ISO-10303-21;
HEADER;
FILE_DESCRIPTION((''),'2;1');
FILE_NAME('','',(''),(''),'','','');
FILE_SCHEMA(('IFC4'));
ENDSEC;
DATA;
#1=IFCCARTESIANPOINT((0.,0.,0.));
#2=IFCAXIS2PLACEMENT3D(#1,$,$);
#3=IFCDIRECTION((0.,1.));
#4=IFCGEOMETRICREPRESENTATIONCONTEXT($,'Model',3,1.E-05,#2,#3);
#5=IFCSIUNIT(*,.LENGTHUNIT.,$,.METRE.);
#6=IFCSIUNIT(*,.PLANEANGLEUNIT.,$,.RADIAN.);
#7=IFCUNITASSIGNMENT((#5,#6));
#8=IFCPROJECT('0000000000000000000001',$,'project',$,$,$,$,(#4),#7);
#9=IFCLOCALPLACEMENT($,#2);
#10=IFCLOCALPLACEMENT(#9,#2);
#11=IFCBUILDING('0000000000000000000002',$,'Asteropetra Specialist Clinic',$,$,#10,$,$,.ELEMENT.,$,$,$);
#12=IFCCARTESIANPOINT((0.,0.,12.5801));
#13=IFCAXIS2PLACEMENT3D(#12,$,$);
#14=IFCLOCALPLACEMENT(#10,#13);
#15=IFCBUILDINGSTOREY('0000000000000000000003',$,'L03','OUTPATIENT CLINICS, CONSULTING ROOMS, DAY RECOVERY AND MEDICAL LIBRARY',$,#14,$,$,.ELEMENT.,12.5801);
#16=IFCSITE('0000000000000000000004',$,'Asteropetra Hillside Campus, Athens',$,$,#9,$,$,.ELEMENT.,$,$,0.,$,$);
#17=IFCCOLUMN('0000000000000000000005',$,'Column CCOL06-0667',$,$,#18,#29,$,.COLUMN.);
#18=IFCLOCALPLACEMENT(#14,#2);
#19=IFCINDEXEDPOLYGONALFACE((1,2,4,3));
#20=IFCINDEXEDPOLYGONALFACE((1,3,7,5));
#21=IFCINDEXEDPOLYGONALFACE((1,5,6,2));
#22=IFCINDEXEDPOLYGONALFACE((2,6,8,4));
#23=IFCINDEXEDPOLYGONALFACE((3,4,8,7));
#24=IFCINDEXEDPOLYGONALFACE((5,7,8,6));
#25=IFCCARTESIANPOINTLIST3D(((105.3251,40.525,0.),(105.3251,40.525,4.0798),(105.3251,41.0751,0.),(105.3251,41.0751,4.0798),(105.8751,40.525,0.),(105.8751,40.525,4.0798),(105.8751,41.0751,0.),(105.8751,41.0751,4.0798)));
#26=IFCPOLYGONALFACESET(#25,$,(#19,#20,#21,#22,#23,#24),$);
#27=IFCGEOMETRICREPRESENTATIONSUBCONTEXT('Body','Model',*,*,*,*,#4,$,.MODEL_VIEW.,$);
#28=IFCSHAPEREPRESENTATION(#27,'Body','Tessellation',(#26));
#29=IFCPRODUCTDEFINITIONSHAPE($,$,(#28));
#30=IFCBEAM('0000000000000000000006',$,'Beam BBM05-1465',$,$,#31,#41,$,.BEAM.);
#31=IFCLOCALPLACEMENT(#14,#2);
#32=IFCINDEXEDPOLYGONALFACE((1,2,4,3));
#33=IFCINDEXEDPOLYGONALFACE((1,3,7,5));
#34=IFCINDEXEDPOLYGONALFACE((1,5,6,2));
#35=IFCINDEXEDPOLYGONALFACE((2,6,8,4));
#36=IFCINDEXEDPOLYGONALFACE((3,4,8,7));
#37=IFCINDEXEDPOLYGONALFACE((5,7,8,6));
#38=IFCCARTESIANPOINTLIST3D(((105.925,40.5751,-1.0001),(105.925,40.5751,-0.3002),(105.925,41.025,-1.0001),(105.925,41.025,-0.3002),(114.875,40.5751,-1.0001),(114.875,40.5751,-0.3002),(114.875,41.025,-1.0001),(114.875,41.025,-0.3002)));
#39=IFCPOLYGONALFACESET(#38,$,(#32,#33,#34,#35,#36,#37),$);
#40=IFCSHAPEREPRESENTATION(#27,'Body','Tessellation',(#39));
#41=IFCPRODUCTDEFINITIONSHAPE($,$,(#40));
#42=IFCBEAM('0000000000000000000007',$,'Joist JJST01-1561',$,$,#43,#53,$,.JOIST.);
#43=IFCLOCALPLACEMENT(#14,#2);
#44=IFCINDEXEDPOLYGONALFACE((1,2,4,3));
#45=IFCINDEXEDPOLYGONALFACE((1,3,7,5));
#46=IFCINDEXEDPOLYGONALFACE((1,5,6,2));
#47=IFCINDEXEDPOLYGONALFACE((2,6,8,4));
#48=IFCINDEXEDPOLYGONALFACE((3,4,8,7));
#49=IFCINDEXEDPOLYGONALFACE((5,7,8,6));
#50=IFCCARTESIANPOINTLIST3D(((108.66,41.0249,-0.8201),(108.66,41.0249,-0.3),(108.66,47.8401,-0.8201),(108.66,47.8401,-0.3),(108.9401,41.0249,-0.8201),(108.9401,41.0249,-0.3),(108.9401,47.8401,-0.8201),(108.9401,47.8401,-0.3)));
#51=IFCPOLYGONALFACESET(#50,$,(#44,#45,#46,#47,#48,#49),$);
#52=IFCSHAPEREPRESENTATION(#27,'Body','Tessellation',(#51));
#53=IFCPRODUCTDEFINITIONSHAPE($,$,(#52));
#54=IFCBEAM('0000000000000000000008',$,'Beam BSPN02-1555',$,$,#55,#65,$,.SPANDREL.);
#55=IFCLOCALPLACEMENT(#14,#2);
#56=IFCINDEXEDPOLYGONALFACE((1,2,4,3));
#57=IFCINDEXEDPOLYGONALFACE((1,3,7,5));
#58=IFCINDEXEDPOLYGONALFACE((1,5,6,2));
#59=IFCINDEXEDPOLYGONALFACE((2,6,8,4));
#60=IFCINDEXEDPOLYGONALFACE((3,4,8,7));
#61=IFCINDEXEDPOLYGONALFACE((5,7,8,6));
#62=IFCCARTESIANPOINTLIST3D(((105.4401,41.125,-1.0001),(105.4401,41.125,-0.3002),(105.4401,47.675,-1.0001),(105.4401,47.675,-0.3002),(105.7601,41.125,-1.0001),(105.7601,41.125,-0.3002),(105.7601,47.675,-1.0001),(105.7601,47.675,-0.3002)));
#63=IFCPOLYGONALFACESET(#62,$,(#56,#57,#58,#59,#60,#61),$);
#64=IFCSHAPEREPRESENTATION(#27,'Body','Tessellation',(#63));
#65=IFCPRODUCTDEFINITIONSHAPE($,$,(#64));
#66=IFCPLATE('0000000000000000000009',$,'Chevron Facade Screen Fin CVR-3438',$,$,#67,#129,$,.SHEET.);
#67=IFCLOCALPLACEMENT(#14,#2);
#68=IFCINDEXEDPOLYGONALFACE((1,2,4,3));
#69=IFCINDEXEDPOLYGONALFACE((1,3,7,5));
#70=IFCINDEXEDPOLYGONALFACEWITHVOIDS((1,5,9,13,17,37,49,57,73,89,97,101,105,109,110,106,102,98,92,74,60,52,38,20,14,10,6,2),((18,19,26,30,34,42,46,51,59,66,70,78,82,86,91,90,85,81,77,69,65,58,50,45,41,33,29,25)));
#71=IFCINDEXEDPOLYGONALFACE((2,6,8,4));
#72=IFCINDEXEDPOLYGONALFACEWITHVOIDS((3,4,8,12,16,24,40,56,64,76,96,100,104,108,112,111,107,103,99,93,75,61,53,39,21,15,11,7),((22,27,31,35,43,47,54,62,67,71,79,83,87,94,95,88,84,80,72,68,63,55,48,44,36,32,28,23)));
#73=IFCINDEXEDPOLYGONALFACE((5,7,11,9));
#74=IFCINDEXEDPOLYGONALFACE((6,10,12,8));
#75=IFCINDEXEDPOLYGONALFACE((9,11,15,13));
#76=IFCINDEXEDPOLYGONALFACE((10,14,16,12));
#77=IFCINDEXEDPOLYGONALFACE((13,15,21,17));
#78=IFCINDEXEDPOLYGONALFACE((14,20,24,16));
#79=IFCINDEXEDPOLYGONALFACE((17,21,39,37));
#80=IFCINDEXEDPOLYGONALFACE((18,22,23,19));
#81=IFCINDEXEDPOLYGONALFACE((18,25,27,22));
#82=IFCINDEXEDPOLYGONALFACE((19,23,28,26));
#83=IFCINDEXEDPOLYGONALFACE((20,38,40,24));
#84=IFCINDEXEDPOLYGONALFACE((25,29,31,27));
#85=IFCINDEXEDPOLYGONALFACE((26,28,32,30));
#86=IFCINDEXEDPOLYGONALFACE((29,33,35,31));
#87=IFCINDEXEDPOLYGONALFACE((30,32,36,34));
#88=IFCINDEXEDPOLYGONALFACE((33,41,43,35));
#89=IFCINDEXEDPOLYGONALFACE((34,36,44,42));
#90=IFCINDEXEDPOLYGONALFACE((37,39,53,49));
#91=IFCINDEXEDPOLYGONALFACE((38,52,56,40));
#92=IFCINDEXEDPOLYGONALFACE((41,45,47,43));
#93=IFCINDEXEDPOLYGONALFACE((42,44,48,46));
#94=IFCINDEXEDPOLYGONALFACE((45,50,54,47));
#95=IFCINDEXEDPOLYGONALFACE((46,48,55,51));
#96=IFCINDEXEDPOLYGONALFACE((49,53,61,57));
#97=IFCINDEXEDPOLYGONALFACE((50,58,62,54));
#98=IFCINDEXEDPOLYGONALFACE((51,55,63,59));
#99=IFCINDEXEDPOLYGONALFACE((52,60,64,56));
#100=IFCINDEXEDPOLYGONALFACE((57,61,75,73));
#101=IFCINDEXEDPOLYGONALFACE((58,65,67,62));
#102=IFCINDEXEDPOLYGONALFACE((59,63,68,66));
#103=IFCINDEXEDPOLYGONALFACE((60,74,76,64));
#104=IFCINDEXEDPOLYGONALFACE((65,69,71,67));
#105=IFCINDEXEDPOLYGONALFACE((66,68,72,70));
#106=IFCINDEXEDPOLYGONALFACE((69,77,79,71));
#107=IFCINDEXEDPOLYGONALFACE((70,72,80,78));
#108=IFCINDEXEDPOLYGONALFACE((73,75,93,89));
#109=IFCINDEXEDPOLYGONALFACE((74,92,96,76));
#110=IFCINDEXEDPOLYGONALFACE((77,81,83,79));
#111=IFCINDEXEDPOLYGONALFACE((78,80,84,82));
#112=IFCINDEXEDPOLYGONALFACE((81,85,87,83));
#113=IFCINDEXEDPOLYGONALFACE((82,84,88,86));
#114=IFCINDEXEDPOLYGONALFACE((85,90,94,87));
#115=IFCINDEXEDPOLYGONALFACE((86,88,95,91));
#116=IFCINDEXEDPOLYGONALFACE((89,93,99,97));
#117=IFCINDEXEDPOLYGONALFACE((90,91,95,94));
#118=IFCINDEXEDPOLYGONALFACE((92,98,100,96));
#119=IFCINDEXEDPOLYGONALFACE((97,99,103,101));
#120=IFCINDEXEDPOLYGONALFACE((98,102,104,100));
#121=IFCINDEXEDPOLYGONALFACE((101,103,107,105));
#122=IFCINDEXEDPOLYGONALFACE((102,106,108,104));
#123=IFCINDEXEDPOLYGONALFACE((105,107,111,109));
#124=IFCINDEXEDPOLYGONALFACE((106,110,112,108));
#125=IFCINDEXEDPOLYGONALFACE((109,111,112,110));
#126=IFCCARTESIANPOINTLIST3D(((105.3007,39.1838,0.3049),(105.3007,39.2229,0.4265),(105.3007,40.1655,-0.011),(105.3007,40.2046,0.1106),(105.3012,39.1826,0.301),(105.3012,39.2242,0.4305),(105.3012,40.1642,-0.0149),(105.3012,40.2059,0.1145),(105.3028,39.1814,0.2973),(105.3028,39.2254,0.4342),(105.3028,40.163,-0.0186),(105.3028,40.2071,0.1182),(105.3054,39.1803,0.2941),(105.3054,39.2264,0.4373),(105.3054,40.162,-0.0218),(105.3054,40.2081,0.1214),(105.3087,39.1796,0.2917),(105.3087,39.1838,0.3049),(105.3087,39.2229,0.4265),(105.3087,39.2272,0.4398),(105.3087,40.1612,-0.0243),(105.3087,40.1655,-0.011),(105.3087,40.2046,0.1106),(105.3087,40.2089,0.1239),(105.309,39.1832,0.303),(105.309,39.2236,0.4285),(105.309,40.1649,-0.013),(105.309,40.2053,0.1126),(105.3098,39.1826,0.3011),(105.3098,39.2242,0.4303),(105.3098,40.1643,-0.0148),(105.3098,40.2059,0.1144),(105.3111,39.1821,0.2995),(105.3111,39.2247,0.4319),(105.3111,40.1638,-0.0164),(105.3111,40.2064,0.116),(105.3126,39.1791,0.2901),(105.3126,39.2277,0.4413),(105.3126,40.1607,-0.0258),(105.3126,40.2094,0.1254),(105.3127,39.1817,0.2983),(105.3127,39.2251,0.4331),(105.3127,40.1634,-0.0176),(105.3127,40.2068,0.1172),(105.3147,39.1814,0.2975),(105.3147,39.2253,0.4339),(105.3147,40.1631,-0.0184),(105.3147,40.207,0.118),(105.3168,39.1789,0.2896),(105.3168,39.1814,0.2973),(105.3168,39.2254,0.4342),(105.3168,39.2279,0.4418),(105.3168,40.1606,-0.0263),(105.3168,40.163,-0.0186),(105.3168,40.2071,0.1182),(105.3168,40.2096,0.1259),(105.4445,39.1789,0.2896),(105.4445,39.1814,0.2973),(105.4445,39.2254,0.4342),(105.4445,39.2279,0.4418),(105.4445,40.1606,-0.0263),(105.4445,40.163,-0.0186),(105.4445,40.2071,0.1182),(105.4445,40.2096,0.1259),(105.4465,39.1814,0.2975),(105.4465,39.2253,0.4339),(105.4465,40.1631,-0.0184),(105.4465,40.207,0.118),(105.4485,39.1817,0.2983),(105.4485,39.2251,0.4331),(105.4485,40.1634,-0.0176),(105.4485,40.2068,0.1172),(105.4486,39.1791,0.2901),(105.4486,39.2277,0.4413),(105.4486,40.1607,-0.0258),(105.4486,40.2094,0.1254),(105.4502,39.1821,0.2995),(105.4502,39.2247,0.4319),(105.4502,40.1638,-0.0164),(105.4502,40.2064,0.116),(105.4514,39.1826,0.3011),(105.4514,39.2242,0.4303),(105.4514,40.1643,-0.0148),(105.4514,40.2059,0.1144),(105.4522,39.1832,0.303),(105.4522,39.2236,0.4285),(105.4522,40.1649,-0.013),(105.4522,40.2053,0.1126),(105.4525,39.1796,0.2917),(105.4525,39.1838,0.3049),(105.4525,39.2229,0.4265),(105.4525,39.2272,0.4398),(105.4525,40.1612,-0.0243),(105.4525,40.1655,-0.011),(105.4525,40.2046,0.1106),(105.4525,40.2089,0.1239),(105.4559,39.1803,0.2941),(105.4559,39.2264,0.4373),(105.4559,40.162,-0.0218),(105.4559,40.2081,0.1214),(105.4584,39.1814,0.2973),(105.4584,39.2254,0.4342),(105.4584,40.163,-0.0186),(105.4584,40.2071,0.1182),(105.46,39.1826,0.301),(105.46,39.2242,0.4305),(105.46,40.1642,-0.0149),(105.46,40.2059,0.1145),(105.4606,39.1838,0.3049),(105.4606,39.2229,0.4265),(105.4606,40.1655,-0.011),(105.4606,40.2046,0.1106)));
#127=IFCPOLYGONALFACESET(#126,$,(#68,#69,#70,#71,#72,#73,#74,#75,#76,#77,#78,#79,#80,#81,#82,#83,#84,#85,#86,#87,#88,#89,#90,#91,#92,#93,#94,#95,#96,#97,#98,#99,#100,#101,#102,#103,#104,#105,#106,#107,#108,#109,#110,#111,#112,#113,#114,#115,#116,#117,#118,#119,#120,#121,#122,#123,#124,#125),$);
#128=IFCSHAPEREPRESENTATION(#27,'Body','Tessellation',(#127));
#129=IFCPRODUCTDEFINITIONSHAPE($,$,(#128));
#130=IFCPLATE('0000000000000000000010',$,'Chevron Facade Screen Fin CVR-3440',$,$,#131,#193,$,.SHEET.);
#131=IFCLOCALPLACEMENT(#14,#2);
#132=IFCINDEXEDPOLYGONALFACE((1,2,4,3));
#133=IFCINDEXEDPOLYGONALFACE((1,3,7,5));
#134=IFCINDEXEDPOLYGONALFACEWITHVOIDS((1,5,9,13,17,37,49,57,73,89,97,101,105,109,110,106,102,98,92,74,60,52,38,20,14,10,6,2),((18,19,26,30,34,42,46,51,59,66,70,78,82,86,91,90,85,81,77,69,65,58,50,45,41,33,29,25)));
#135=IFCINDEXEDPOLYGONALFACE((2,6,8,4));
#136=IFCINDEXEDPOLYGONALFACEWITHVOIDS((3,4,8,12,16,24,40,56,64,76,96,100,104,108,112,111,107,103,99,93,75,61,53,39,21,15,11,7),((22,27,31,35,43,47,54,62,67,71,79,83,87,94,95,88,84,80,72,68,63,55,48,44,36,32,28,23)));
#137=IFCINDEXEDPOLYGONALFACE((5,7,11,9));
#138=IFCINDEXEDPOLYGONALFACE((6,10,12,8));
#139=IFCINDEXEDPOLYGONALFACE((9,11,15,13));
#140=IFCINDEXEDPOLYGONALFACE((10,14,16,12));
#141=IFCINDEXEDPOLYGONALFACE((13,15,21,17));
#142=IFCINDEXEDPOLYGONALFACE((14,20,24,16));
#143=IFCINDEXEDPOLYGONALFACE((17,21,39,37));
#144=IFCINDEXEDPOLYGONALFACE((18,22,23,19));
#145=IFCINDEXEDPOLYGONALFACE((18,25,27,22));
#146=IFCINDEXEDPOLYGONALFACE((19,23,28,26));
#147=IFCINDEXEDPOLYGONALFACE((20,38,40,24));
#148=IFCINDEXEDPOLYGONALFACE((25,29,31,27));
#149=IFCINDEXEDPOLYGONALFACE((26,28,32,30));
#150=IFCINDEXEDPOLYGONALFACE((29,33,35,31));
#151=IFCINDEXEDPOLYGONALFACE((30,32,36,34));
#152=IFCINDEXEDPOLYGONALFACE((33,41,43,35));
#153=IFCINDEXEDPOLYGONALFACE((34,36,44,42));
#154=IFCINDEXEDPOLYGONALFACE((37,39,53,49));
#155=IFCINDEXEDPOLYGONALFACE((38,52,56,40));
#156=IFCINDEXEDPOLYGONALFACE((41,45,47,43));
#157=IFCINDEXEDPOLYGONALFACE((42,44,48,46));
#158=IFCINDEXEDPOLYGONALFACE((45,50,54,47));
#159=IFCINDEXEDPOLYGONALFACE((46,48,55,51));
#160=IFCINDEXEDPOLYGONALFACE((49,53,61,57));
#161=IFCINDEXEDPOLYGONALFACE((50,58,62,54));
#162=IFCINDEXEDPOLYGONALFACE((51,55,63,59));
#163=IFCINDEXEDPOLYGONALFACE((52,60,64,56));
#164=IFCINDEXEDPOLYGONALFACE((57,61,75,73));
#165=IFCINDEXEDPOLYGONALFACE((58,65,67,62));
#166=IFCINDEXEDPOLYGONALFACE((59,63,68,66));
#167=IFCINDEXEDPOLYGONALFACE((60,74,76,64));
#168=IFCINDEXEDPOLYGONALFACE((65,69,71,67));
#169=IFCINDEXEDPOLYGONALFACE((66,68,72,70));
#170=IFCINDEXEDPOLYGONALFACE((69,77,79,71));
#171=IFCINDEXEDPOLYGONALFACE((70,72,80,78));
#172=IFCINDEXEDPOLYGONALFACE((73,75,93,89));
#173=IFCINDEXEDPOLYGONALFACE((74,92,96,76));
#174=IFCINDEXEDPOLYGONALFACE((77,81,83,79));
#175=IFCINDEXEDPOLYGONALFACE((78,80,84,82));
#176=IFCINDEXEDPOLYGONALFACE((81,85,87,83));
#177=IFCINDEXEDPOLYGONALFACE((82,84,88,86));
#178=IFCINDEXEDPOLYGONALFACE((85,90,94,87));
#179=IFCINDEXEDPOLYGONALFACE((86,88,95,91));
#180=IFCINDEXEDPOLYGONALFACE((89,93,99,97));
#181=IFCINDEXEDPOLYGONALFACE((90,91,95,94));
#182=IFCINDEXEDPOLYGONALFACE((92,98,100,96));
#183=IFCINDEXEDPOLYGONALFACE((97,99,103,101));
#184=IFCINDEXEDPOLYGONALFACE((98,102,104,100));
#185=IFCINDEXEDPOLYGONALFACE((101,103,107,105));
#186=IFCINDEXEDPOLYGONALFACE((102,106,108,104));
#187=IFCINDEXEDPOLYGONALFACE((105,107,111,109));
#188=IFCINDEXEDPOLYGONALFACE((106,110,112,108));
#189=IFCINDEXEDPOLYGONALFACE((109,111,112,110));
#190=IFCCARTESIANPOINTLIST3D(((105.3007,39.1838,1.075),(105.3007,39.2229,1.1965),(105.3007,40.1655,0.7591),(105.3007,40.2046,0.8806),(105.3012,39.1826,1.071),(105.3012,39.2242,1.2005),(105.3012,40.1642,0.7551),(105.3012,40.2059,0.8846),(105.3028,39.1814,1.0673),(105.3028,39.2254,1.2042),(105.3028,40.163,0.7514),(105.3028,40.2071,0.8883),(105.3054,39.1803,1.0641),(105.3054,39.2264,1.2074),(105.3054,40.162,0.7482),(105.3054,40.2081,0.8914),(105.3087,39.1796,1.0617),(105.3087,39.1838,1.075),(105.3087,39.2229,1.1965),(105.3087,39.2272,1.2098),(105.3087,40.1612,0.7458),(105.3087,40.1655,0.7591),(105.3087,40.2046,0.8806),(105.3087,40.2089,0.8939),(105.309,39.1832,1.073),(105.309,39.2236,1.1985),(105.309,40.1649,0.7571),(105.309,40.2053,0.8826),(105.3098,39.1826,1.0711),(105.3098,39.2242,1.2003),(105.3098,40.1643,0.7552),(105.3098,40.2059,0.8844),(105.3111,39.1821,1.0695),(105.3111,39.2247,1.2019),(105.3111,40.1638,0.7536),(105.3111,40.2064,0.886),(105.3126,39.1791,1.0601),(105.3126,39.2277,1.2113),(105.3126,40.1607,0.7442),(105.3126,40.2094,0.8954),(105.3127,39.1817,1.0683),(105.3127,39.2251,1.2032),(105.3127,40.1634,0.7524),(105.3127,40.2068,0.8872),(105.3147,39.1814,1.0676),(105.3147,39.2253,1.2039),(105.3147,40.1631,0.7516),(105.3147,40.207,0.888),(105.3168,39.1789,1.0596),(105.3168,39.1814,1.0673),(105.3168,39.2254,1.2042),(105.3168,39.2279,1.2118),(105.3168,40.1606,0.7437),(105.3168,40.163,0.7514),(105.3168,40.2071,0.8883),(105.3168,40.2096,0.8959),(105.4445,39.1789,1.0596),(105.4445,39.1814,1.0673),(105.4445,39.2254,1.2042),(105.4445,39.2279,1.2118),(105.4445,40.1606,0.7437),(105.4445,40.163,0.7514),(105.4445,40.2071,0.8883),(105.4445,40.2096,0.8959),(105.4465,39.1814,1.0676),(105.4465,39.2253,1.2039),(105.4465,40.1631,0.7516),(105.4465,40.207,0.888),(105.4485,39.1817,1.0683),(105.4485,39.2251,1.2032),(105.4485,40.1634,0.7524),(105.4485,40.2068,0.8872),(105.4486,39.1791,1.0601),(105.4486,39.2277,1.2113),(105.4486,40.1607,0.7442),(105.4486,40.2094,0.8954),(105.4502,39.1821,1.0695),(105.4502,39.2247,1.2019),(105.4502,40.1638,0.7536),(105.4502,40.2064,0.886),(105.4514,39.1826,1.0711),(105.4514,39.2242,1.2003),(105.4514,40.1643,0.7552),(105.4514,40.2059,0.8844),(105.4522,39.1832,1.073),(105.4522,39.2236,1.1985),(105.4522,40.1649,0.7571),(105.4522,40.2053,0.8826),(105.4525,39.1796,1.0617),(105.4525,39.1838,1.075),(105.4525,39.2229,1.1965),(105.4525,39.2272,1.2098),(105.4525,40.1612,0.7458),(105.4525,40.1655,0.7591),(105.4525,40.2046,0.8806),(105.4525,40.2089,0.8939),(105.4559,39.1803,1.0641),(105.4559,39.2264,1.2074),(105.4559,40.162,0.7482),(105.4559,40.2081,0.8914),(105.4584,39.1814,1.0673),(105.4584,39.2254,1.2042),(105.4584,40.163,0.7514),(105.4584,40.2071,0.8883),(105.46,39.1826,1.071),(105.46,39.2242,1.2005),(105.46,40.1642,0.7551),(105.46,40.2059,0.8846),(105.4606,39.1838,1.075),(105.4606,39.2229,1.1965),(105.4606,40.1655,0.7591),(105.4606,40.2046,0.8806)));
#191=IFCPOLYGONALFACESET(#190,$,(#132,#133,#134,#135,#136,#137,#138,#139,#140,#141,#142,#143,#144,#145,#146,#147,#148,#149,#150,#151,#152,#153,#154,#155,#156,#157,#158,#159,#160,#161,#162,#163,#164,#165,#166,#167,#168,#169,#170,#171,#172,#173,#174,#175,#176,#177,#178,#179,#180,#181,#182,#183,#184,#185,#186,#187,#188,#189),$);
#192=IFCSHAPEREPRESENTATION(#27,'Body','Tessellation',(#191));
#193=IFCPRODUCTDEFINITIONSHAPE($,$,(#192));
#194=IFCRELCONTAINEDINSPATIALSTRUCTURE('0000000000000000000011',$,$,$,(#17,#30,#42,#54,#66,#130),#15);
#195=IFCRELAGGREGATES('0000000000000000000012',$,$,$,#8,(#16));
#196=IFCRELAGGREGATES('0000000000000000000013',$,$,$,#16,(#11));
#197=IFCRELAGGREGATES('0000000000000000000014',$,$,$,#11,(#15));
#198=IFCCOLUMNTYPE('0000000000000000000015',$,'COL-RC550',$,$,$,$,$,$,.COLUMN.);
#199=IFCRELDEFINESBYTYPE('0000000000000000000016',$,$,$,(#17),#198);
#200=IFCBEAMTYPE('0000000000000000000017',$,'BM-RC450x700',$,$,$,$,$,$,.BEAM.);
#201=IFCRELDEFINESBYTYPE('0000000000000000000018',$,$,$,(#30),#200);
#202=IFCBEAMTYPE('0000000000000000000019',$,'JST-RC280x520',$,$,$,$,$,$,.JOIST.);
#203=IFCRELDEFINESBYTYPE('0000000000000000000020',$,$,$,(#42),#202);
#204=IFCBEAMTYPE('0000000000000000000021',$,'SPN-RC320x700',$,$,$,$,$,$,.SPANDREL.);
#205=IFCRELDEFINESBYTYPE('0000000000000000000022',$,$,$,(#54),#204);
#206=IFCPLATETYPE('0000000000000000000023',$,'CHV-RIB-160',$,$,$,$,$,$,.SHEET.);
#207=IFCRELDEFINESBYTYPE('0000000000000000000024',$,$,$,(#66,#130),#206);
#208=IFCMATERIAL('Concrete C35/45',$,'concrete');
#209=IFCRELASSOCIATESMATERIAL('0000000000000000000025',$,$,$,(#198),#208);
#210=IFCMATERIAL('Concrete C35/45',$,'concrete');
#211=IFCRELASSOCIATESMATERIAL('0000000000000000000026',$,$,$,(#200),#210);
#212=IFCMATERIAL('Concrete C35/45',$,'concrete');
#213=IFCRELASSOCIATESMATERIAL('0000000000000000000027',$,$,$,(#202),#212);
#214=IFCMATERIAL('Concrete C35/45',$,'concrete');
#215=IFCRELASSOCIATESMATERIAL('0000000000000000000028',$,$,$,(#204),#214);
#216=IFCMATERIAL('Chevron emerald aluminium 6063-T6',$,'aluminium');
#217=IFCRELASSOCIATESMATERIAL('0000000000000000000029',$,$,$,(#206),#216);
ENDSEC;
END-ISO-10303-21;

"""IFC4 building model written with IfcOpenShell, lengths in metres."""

from ifc_helpers import new_model, si_unit, direction, frame, origin, origin_2d, place, context, subcontext, project, spatial, rectangle, hollow_rectangle, extrude, material, material_profile, profile_set, type_object, element, save


model = new_model("IFC4")

# Units and contexts
model_context = context("Model", 3, precision=1e-05, world=origin(), true_north=direction((0.0, 1.0)))
body_context = subcontext(model_context, "Body", "Model", "MODEL_VIEW")
ifc_project = project(units=[si_unit("LENGTHUNIT", "METRE"), si_unit("PLANEANGLEUNIT", "RADIAN")], contexts=[model_context])

# Site, building, storey
site_placement = place(None, origin())
site = spatial("IfcSite", under=ifc_project, at=site_placement, Name="Asteropetra Hillside Campus, Athens", CompositionType="ELEMENT", RefElevation=0.0)
building_placement = place(site_placement, origin())
building = spatial("IfcBuilding", under=site, at=building_placement, Name="Asteropetra Specialist Clinic", CompositionType="ELEMENT")
storey_placement = place(building_placement, frame((0.0, 0.0, 12.5801)))
storey = spatial("IfcBuildingStorey", under=building, at=storey_placement, Name="L03", Description="OUTPATIENT CLINICS, CONSULTING ROOMS, DAY RECOVERY AND MEDICAL LIBRARY", CompositionType="ELEMENT", Elevation=12.5801)

# Column
ifc_material_1 = material(Name="Concrete C35/45", Category="concrete")
ifc_material_profile_1 = material_profile(ifc_material_1, rectangle(XDim=0.55, YDim=0.55, at=origin_2d()), Name="RC 550x550")
ifc_profile_set_1 = profile_set([ifc_material_profile_1], Name="Concrete C35/45")
column_type = type_object("IfcColumnType", Name="COL-RC550", PredefinedType="COLUMN", material=ifc_profile_set_1)
column_placement = place(storey_placement, frame((105.6001, 40.8, 0.0), z_axis=(0.0, 0.0, 1.0), x_axis=(1.0, 0.0, 0.0)))
element("IfcColumn", 1, at=column_placement, inside=storey, type_object=column_type, Name="Column CCOL06-0667", PredefinedType="COLUMN", context=body_context, shape_type="SweptSolid", body=[
    extrude(rectangle(XDim=0.55, YDim=0.55, at=origin_2d()), origin(), (0.0, 0.0, 1.0), 4.0798),
])

# Beams
ifc_material_2 = material(Name="Concrete C35/45", Category="concrete")
ifc_material_profile_2 = material_profile(ifc_material_2, rectangle(XDim=0.45, YDim=0.7, at=origin_2d()), Name="RCB 450x700")
ifc_profile_set_2 = profile_set([ifc_material_profile_2], Name="Concrete C35/45")
beam_type_1 = type_object("IfcBeamType", Name="BM-RC450x700", PredefinedType="BEAM", material=ifc_profile_set_2)
beam_1_placement = place(storey_placement, frame((105.925, 40.8, -0.6501), z_axis=(1.0, 0.0, 0.0), x_axis=(0.0, 1.0, 0.0)))
element("IfcBeam", 2, at=beam_1_placement, inside=storey, type_object=beam_type_1, Name="Beam BBM05-1465", PredefinedType="BEAM", context=body_context, shape_type="SweptSolid", body=[
    extrude(rectangle(XDim=0.45, YDim=0.7, at=origin_2d()), origin(), (0.0, 0.0, 1.0), 8.95),
])
ifc_material_3 = material(Name="Concrete C35/45", Category="concrete")
ifc_material_profile_3 = material_profile(ifc_material_3, rectangle(XDim=0.28, YDim=0.52, at=origin_2d()), Name="RCJ 280x520")
ifc_profile_set_3 = profile_set([ifc_material_profile_3], Name="Concrete C35/45")
beam_type_2 = type_object("IfcBeamType", Name="JST-RC280x520", PredefinedType="JOIST", material=ifc_profile_set_3)
beam_2_placement = place(storey_placement, frame((108.8, 41.0249, -0.5601), z_axis=(0.0, 1.0, 0.0), x_axis=(-1.0, 0.0, 0.0)))
element("IfcBeam", 3, at=beam_2_placement, inside=storey, type_object=beam_type_2, Name="Joist JJST01-1561", PredefinedType="JOIST", context=body_context, shape_type="SweptSolid", body=[
    extrude(rectangle(XDim=0.28, YDim=0.52, at=origin_2d()), origin(), (0.0, 0.0, 1.0), 6.8152),
])
ifc_material_4 = material(Name="Concrete C35/45", Category="concrete")
ifc_material_profile_4 = material_profile(ifc_material_4, rectangle(XDim=0.3201, YDim=0.7, at=origin_2d()), Name="RCS 320x700")
ifc_profile_set_4 = profile_set([ifc_material_profile_4], Name="Concrete C35/45")
beam_type_3 = type_object("IfcBeamType", Name="SPN-RC320x700", PredefinedType="SPANDREL", material=ifc_profile_set_4)
beam_3_placement = place(storey_placement, frame((105.6001, 41.125, -0.6501), z_axis=(0.0, 1.0, 0.0), x_axis=(-1.0, 0.0, 0.0)))
element("IfcBeam", 4, at=beam_3_placement, inside=storey, type_object=beam_type_3, Name="Beam BSPN02-1555", PredefinedType="SPANDREL", context=body_context, shape_type="SweptSolid", body=[
    extrude(rectangle(XDim=0.3201, YDim=0.7, at=origin_2d()), origin(), (0.0, 0.0, 1.0), 6.55),
])

# Plates
ifc_material_5 = material(Name="Chevron emerald aluminium 6063-T6", Category="aluminium")
ifc_material_profile_5 = material_profile(ifc_material_5, hollow_rectangle(XDim=0.1599, YDim=0.1599, WallThickness=0.0081, InnerFilletRadius=0.0081, OuterFilletRadius=0.0161, at=origin_2d()), Name="SHS 160x160x8.0")
ifc_profile_set_5 = profile_set([ifc_material_profile_5], Name="Chevron emerald aluminium 6063-T6")
plate_type_1 = type_object("IfcPlateType", Name="CHV-RIB-160", PredefinedType="SHEET", material=ifc_profile_set_5)
for number, where, z_axis, x_axis, name in (
    (5, (105.3806, 40.1851, 0.0498), (0.0, -0.951923, 0.306339), (1.0, 0.0, 0.0), "Chevron Facade Screen Fin CVR-3438"),
    (6, (105.3806, 40.1851, 0.8198), (0.0, -0.951923, 0.306339), (1.0, 0.0, 0.0), "Chevron Facade Screen Fin CVR-3440"),
):
    element("IfcPlate", number, at=place(storey_placement, frame(where, z_axis=z_axis, x_axis=x_axis)), inside=storey, type_object=plate_type_1, Name=name, PredefinedType="SHEET", context=body_context, shape_type="SweptSolid", body=[
        extrude(hollow_rectangle(XDim=0.1599, YDim=0.1599, WallThickness=0.0081, InnerFilletRadius=0.0081, OuterFilletRadius=0.0161, at=origin_2d()), origin(), (0.0, 0.0, 1.0), 1.0312),
    ])

save(model, "model.ifc")
